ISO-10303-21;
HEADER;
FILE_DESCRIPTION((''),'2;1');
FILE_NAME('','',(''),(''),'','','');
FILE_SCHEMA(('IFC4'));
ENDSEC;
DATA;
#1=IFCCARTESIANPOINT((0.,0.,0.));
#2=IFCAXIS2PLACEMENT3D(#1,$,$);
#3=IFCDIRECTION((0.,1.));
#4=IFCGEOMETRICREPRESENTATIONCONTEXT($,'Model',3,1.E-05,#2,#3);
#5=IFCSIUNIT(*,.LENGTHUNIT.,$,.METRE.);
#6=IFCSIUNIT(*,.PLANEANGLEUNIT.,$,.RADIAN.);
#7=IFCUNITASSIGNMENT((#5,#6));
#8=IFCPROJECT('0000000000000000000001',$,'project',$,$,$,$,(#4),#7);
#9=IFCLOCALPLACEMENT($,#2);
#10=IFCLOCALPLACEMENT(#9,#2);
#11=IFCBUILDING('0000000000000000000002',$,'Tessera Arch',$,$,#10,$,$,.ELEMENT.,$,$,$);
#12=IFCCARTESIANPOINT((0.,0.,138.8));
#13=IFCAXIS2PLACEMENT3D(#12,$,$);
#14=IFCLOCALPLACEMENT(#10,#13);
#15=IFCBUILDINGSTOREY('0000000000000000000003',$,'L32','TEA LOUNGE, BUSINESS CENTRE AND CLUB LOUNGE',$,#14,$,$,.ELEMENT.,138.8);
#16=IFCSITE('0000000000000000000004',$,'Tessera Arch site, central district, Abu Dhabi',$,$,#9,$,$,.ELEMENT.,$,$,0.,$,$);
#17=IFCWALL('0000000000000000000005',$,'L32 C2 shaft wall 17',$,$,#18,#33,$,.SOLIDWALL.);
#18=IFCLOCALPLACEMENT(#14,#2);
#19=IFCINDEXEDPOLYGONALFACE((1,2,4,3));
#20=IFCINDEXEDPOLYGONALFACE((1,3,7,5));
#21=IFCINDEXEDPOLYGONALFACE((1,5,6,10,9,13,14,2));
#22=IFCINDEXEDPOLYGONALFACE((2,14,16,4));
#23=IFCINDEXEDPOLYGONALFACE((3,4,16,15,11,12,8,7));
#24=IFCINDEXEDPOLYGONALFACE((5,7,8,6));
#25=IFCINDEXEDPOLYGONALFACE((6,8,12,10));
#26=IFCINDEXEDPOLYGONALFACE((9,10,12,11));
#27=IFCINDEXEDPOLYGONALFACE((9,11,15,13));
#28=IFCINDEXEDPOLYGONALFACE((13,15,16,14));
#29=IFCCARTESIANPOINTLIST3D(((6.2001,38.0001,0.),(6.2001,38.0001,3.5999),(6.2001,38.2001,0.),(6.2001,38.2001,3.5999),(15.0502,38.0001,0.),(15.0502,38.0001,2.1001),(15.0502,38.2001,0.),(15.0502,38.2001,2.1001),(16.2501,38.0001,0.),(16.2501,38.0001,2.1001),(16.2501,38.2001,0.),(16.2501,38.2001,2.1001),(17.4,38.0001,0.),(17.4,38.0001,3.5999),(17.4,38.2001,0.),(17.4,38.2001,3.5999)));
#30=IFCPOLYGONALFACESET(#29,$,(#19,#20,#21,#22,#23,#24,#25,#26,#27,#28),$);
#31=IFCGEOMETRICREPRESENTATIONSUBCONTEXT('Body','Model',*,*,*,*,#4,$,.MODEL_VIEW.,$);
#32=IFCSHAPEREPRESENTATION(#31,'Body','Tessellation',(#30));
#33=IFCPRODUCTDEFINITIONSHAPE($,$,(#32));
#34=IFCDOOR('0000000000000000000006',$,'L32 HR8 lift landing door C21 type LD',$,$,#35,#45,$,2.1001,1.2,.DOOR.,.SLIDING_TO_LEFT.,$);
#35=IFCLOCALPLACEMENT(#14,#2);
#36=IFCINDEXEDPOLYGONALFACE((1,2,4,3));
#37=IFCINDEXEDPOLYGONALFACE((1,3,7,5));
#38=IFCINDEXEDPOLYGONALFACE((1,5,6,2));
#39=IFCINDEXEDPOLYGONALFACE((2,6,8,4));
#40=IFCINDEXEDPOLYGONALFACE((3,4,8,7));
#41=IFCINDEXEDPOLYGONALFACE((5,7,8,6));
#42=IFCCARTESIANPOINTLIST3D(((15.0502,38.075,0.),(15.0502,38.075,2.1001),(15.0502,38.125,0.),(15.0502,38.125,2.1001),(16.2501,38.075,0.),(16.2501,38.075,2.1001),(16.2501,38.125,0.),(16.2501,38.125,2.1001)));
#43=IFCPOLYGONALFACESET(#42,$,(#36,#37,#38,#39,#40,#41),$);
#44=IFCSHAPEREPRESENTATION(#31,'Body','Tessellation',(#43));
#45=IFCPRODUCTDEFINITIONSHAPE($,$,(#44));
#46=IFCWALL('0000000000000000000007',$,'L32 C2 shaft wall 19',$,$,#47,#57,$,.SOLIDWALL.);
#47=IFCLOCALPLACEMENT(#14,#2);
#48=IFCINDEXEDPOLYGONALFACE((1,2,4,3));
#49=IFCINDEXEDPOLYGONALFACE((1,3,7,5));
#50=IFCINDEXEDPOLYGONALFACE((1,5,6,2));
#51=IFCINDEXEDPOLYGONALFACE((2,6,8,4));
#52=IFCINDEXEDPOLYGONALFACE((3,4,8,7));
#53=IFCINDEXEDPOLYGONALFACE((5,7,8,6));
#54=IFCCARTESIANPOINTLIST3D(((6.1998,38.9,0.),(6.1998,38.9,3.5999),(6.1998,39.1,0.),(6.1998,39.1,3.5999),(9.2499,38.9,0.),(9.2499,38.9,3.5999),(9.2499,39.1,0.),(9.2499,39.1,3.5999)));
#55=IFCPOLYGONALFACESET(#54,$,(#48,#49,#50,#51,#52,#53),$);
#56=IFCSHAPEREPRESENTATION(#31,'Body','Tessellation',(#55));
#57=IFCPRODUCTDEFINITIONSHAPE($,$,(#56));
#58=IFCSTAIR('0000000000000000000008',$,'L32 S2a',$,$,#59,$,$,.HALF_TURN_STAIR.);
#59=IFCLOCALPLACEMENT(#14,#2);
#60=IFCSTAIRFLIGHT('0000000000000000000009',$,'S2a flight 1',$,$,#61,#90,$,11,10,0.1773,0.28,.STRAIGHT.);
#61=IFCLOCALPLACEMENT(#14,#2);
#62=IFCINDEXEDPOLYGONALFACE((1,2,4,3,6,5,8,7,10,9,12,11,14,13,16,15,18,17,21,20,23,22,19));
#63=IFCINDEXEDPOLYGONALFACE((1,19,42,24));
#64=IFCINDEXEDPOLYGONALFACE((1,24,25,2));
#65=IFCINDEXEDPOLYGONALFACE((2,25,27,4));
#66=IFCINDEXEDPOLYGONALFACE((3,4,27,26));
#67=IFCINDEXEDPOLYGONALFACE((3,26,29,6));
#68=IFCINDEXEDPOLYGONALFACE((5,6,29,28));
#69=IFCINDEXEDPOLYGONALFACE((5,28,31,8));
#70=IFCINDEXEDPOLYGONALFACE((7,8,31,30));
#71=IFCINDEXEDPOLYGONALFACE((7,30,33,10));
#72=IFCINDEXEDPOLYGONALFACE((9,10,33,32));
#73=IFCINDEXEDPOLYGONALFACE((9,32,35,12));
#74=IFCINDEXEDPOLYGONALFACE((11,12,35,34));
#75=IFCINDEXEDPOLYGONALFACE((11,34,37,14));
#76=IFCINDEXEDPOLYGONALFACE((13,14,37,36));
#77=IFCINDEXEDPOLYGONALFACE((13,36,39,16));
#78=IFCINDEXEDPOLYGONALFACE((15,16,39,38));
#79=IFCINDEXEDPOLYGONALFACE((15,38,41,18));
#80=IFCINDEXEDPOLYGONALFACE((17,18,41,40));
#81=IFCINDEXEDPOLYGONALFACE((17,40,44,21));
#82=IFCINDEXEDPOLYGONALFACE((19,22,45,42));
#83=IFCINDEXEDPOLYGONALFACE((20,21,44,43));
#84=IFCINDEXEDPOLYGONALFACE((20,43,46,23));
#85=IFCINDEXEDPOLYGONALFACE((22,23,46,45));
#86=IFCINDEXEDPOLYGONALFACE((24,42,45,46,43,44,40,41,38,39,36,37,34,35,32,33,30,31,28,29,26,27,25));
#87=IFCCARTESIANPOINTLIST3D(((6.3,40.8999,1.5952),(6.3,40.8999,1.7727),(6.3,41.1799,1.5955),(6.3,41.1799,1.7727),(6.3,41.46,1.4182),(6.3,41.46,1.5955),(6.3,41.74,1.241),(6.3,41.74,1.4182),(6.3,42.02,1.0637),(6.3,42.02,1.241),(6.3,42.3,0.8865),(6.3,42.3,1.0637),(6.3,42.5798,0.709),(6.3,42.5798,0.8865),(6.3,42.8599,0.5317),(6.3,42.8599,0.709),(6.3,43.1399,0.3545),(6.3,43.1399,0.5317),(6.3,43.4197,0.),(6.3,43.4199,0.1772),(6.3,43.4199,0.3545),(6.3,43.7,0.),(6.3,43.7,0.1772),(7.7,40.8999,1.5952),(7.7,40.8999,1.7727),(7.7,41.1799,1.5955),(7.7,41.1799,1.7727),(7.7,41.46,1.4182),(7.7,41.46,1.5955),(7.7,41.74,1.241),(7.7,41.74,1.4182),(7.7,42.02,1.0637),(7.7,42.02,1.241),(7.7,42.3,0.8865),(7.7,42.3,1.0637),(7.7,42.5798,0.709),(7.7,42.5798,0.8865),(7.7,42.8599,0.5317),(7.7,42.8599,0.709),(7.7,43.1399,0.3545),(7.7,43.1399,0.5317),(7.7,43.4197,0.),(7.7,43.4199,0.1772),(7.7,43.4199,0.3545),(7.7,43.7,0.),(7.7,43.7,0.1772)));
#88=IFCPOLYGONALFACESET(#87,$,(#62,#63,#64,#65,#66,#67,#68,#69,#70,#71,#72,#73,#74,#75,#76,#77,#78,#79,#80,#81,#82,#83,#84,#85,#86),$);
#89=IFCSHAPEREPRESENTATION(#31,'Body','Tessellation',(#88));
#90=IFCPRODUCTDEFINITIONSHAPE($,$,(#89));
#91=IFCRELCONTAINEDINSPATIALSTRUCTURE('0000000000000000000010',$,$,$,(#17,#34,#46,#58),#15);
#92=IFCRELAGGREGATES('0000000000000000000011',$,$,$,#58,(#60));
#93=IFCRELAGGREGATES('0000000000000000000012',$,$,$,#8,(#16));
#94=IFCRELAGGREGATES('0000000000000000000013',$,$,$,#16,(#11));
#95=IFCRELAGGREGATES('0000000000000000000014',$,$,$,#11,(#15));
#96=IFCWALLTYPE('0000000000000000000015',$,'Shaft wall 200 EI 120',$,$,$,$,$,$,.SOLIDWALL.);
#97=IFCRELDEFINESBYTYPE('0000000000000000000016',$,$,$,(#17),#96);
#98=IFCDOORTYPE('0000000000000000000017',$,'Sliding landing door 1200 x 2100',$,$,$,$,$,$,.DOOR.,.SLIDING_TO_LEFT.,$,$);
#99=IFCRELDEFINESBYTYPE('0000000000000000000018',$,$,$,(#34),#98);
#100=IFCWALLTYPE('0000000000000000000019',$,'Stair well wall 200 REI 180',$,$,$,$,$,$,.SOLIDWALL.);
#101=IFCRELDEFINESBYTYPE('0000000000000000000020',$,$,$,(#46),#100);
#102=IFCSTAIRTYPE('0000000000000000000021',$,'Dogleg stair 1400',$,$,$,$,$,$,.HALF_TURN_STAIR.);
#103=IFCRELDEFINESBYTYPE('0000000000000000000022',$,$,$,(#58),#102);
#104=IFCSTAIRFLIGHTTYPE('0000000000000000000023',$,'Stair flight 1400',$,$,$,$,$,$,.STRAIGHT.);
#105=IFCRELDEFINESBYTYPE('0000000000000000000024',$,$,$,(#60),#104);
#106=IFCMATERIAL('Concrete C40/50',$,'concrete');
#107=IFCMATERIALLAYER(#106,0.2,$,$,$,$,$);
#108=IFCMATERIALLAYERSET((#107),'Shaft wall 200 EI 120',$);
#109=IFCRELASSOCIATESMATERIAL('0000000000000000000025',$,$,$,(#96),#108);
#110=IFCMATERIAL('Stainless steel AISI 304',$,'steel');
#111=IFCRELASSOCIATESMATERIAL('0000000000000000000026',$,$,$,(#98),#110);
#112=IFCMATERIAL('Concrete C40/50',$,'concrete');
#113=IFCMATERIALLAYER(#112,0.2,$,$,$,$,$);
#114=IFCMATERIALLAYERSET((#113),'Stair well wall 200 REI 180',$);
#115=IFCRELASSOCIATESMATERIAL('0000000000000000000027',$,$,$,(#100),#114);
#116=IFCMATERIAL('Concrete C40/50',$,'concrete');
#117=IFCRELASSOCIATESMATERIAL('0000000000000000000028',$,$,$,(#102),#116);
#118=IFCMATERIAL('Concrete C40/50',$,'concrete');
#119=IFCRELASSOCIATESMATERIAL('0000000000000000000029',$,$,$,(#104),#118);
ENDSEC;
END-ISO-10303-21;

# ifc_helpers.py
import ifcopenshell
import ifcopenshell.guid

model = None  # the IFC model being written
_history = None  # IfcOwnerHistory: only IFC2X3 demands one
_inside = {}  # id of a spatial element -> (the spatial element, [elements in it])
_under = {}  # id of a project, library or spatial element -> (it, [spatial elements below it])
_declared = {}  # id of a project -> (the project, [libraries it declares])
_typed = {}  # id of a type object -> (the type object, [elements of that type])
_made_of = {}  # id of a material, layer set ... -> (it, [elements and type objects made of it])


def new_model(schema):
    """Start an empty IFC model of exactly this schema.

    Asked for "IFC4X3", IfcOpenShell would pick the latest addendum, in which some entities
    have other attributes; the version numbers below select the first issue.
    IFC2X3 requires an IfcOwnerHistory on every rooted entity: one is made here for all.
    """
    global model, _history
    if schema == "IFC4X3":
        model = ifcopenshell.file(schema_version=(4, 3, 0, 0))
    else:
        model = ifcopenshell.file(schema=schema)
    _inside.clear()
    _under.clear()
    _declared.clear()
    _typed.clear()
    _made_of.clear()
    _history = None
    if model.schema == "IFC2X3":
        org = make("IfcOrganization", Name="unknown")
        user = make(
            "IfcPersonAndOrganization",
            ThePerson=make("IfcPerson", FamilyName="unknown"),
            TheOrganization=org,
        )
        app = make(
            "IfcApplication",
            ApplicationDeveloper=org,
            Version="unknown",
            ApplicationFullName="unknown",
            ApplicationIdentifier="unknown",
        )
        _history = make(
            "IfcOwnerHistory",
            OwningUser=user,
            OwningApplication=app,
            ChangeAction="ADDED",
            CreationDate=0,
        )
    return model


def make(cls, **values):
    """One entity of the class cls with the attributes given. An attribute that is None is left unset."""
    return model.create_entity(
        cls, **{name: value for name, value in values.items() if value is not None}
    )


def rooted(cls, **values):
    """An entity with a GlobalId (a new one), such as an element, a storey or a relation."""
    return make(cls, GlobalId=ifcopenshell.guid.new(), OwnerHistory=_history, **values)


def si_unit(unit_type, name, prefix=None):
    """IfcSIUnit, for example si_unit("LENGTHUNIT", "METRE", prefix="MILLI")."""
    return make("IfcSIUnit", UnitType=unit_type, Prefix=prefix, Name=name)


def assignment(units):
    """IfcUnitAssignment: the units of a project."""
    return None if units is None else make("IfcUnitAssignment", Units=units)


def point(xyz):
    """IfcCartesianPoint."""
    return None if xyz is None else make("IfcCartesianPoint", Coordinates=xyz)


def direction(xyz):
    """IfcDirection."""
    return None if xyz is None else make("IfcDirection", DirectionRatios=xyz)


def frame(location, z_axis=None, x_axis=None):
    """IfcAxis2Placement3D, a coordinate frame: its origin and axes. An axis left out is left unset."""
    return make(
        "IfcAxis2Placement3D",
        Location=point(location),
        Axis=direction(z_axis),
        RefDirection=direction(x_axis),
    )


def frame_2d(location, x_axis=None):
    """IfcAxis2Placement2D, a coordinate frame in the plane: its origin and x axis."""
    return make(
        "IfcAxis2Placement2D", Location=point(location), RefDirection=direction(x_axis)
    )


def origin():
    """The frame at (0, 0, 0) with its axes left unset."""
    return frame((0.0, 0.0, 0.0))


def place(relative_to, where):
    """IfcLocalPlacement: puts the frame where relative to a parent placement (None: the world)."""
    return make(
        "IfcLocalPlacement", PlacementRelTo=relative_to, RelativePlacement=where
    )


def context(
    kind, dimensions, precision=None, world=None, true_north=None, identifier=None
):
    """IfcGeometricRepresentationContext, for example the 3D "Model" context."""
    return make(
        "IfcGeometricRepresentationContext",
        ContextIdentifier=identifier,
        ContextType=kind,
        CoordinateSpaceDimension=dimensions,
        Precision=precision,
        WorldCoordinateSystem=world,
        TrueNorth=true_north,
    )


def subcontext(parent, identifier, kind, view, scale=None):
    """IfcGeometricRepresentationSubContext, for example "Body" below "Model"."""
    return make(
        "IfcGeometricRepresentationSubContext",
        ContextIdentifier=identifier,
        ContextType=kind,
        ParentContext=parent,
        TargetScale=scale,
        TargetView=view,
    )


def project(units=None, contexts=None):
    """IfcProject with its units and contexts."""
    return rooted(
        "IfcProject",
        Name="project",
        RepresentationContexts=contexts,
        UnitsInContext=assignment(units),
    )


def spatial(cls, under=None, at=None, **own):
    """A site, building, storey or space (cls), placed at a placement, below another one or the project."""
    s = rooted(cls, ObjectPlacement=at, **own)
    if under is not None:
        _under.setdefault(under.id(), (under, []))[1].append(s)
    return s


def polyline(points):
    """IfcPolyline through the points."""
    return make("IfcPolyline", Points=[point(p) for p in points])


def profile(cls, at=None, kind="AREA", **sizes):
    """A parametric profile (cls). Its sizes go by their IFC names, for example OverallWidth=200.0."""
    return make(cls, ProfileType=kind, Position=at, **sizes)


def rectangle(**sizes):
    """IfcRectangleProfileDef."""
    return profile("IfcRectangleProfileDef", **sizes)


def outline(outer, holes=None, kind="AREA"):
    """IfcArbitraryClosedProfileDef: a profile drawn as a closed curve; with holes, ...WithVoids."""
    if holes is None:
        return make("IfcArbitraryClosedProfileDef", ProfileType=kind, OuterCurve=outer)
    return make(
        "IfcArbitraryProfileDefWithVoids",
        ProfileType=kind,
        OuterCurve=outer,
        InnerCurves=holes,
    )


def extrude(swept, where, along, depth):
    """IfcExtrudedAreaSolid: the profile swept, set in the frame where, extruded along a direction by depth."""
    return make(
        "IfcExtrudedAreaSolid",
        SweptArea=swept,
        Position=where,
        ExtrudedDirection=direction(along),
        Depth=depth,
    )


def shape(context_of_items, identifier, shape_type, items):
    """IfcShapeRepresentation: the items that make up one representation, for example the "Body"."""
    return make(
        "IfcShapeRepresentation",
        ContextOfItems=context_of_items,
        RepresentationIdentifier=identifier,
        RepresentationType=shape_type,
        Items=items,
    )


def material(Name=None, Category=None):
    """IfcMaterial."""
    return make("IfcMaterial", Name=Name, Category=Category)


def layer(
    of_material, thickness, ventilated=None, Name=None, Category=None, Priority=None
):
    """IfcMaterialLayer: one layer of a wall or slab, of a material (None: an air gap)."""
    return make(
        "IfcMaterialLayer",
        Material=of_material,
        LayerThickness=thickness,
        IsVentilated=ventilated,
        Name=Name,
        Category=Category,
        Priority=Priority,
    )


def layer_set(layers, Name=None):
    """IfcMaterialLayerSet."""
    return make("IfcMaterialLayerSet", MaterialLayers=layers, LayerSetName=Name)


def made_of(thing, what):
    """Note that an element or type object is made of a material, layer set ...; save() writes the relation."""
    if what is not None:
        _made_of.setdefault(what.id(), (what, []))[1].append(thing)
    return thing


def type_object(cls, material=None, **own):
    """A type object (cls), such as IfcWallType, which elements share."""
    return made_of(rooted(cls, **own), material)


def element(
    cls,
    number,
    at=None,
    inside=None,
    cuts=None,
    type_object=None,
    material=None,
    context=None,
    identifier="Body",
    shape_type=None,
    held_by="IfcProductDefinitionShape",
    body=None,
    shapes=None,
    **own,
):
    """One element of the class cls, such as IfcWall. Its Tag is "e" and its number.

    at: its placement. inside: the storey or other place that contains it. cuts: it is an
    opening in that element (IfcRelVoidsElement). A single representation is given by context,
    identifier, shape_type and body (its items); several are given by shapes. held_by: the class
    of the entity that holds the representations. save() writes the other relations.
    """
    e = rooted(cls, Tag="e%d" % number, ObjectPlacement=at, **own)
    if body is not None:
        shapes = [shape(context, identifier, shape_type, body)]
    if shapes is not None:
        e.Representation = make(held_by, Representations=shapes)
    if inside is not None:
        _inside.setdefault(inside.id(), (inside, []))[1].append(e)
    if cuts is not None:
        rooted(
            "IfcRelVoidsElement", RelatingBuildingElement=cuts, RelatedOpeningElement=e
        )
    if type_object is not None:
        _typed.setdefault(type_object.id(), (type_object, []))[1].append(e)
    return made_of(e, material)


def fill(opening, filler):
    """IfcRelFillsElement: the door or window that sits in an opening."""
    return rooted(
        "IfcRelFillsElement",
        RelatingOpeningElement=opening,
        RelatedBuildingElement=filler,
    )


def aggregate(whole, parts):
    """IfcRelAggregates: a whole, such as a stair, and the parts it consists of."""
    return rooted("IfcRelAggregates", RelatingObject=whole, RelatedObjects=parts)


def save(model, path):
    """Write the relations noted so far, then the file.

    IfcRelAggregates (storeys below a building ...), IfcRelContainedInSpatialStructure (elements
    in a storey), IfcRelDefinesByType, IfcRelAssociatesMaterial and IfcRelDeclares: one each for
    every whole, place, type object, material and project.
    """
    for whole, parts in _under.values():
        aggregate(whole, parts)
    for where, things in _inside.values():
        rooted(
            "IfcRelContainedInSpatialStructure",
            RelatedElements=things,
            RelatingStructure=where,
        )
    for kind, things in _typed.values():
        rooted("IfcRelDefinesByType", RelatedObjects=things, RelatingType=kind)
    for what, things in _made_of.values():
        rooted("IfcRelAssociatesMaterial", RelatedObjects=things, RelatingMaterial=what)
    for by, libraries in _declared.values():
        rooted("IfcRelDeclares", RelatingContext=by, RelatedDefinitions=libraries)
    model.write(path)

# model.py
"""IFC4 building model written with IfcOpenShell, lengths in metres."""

from ifc_helpers import new_model, si_unit, direction, frame, frame_2d, origin, place, context, subcontext, project, spatial, polyline, rectangle, outline, extrude, material, layer, layer_set, type_object, element, fill, aggregate, save


model = new_model("IFC4")

# Units and contexts
model_context = context("Model", 3, precision=1e-05, world=origin(), true_north=direction((0.0, 1.0)))
body_context = subcontext(model_context, "Body", "Model", "MODEL_VIEW")
ifc_project = project(units=[si_unit("LENGTHUNIT", "METRE"), si_unit("PLANEANGLEUNIT", "RADIAN")], contexts=[model_context])

# Site, building, storey
site_placement = place(None, origin())
site = spatial("IfcSite", under=ifc_project, at=site_placement, Name="Tessera Arch site, central district, Abu Dhabi", CompositionType="ELEMENT", RefElevation=0.0)
building_placement = place(site_placement, origin())
building = spatial("IfcBuilding", under=site, at=building_placement, Name="Tessera Arch", CompositionType="ELEMENT")
storey_placement = place(building_placement, frame((0.0, 0.0, 138.8)))
storey = spatial("IfcBuildingStorey", under=building, at=storey_placement, Name="L32", Description="TEA LOUNGE, BUSINESS CENTRE AND CLUB LOUNGE", CompositionType="ELEMENT", Elevation=138.8)

# Wall, opening, door
ifc_material_1 = material(Name="Concrete C40/50", Category="concrete")
ifc_layer_1 = layer(ifc_material_1, 0.2)
ifc_layer_set_1 = layer_set([ifc_layer_1], Name="Shaft wall 200 EI 120")
wall_type_1 = type_object("IfcWallType", Name="Shaft wall 200 EI 120", PredefinedType="SOLIDWALL", material=ifc_layer_set_1)
wall_1_placement = place(storey_placement, frame((6.2, 38.1001, 0.0), z_axis=(0.0, 0.0, 1.0), x_axis=(1.0, 0.0, 0.0)))
wall_1 = element("IfcWall", 1, at=wall_1_placement, inside=storey, type_object=wall_type_1, Name="L32 C2 shaft wall 17", PredefinedType="SOLIDWALL", context=body_context, shape_type="SweptSolid", body=[
    extrude(rectangle(XDim=11.2, YDim=0.2, at=frame_2d((5.6001, 0.0))), origin(), (0.0, 0.0, 1.0), 3.5999),
])
opening_1_placement = place(wall_1_placement, frame((8.8501, 0.0, 0.0)))
opening_1 = element("IfcOpeningElement", 2, at=opening_1_placement, cuts=wall_1, PredefinedType="OPENING", context=body_context, shape_type="SweptSolid", body=[
    extrude(rectangle(XDim=1.2, YDim=2.1001, at=frame_2d((0.6001, 1.05))), frame((0.0, 0.1099, 0.0), z_axis=(0.0, -1.0, 0.0), x_axis=(1.0, 0.0, 0.0)), (0.0, 0.0, 1.0), 0.22),
])
ifc_material_2 = material(Name="Stainless steel AISI 304", Category="steel")
door_type_1 = type_object("IfcDoorType", Name="Sliding landing door 1200 x 2100", OperationType="SLIDING_TO_LEFT", PredefinedType="DOOR", material=ifc_material_2)
door_1_placement = place(opening_1_placement, origin())
door_1 = element("IfcDoor", 3, at=door_1_placement, inside=storey, type_object=door_type_1, Name="L32 HR8 lift landing door C21 type LD", OperationType="SLIDING_TO_LEFT", OverallHeight=2.1001, OverallWidth=1.2, PredefinedType="DOOR", context=body_context, shape_type="SweptSolid", body=[
    extrude(rectangle(XDim=1.2, YDim=2.1001, at=frame_2d((0.6001, 1.05))), frame((0.0, 0.0249, 0.0), z_axis=(0.0, -1.0, 0.0), x_axis=(1.0, 0.0, 0.0)), (0.0, 0.0, 1.0), 0.05),
])
fill(opening_1, door_1)

# Wall
ifc_material_3 = material(Name="Concrete C40/50", Category="concrete")
ifc_layer_2 = layer(ifc_material_3, 0.2)
ifc_layer_set_2 = layer_set([ifc_layer_2], Name="Stair well wall 200 REI 180")
wall_type_2 = type_object("IfcWallType", Name="Stair well wall 200 REI 180", PredefinedType="SOLIDWALL", material=ifc_layer_set_2)
wall_2_placement = place(storey_placement, frame((6.2, 39.0, 0.0), z_axis=(0.0, 0.0, 1.0), x_axis=(1.0, 0.0, 0.0)))
element("IfcWall", 4, at=wall_2_placement, inside=storey, type_object=wall_type_2, Name="L32 C2 shaft wall 19", PredefinedType="SOLIDWALL", context=body_context, shape_type="SweptSolid", body=[
    extrude(rectangle(XDim=3.05, YDim=0.2, at=frame_2d((1.5249, 0.0))), origin(), (0.0, 0.0, 1.0), 3.5999),
])

# Stair, stair flight
ifc_material_4 = material(Name="Concrete C40/50", Category="concrete")
stair_type = type_object("IfcStairType", Name="Dogleg stair 1400", PredefinedType="HALF_TURN_STAIR", material=ifc_material_4)
stair_placement = place(storey_placement, origin())
stair = element("IfcStair", 5, at=stair_placement, inside=storey, type_object=stair_type, Name="L32 S2a", PredefinedType="HALF_TURN_STAIR")
ifc_material_5 = material(Name="Concrete C40/50", Category="concrete")
stair_flight_type = type_object("IfcStairFlightType", Name="Stair flight 1400", PredefinedType="STRAIGHT", material=ifc_material_5)
stair_flight_placement = place(storey_placement, frame((7.0, 43.7, 0.0), z_axis=(0.0, 0.0, 1.0), x_axis=(0.0, -1.0, 0.0)))
stair_flight = element("IfcStairFlight", 6, at=stair_flight_placement, type_object=stair_flight_type, Name="S2a flight 1", NumberOfRisers=11, NumberOfTreads=10, PredefinedType="STRAIGHT", RiserHeight=0.1773, TreadLength=0.28, context=body_context, shape_type="SweptSolid", body=[
    extrude(outline(polyline([(0.0, 0.0), (0.0, 0.1772), (0.28, 0.1772), (0.28, 0.3545), (0.5601, 0.3545), (0.5601, 0.5317), (0.8401, 0.5317), (0.8401, 0.709), (1.1201, 0.709), (1.1201, 0.8865), (1.3999, 0.8865), (1.3999, 1.0637), (1.6799, 1.0637), (1.6799, 1.241), (1.96, 1.241), (1.96, 1.4182), (2.24, 1.4182), (2.24, 1.5955), (2.52, 1.5955), (2.52, 1.7727), (2.8, 1.7727), (2.8, 1.95), (2.8, 1.5952), (0.2803, 0.0), (0.0, 0.0)])), frame((0.0, 0.7, 0.0), z_axis=(0.0, -1.0, 0.0), x_axis=(1.0, 0.0, 0.0)), (0.0, 0.0, 1.0), 1.3999),
])
aggregate(stair, [stair_flight])

save(model, "model.ifc")
